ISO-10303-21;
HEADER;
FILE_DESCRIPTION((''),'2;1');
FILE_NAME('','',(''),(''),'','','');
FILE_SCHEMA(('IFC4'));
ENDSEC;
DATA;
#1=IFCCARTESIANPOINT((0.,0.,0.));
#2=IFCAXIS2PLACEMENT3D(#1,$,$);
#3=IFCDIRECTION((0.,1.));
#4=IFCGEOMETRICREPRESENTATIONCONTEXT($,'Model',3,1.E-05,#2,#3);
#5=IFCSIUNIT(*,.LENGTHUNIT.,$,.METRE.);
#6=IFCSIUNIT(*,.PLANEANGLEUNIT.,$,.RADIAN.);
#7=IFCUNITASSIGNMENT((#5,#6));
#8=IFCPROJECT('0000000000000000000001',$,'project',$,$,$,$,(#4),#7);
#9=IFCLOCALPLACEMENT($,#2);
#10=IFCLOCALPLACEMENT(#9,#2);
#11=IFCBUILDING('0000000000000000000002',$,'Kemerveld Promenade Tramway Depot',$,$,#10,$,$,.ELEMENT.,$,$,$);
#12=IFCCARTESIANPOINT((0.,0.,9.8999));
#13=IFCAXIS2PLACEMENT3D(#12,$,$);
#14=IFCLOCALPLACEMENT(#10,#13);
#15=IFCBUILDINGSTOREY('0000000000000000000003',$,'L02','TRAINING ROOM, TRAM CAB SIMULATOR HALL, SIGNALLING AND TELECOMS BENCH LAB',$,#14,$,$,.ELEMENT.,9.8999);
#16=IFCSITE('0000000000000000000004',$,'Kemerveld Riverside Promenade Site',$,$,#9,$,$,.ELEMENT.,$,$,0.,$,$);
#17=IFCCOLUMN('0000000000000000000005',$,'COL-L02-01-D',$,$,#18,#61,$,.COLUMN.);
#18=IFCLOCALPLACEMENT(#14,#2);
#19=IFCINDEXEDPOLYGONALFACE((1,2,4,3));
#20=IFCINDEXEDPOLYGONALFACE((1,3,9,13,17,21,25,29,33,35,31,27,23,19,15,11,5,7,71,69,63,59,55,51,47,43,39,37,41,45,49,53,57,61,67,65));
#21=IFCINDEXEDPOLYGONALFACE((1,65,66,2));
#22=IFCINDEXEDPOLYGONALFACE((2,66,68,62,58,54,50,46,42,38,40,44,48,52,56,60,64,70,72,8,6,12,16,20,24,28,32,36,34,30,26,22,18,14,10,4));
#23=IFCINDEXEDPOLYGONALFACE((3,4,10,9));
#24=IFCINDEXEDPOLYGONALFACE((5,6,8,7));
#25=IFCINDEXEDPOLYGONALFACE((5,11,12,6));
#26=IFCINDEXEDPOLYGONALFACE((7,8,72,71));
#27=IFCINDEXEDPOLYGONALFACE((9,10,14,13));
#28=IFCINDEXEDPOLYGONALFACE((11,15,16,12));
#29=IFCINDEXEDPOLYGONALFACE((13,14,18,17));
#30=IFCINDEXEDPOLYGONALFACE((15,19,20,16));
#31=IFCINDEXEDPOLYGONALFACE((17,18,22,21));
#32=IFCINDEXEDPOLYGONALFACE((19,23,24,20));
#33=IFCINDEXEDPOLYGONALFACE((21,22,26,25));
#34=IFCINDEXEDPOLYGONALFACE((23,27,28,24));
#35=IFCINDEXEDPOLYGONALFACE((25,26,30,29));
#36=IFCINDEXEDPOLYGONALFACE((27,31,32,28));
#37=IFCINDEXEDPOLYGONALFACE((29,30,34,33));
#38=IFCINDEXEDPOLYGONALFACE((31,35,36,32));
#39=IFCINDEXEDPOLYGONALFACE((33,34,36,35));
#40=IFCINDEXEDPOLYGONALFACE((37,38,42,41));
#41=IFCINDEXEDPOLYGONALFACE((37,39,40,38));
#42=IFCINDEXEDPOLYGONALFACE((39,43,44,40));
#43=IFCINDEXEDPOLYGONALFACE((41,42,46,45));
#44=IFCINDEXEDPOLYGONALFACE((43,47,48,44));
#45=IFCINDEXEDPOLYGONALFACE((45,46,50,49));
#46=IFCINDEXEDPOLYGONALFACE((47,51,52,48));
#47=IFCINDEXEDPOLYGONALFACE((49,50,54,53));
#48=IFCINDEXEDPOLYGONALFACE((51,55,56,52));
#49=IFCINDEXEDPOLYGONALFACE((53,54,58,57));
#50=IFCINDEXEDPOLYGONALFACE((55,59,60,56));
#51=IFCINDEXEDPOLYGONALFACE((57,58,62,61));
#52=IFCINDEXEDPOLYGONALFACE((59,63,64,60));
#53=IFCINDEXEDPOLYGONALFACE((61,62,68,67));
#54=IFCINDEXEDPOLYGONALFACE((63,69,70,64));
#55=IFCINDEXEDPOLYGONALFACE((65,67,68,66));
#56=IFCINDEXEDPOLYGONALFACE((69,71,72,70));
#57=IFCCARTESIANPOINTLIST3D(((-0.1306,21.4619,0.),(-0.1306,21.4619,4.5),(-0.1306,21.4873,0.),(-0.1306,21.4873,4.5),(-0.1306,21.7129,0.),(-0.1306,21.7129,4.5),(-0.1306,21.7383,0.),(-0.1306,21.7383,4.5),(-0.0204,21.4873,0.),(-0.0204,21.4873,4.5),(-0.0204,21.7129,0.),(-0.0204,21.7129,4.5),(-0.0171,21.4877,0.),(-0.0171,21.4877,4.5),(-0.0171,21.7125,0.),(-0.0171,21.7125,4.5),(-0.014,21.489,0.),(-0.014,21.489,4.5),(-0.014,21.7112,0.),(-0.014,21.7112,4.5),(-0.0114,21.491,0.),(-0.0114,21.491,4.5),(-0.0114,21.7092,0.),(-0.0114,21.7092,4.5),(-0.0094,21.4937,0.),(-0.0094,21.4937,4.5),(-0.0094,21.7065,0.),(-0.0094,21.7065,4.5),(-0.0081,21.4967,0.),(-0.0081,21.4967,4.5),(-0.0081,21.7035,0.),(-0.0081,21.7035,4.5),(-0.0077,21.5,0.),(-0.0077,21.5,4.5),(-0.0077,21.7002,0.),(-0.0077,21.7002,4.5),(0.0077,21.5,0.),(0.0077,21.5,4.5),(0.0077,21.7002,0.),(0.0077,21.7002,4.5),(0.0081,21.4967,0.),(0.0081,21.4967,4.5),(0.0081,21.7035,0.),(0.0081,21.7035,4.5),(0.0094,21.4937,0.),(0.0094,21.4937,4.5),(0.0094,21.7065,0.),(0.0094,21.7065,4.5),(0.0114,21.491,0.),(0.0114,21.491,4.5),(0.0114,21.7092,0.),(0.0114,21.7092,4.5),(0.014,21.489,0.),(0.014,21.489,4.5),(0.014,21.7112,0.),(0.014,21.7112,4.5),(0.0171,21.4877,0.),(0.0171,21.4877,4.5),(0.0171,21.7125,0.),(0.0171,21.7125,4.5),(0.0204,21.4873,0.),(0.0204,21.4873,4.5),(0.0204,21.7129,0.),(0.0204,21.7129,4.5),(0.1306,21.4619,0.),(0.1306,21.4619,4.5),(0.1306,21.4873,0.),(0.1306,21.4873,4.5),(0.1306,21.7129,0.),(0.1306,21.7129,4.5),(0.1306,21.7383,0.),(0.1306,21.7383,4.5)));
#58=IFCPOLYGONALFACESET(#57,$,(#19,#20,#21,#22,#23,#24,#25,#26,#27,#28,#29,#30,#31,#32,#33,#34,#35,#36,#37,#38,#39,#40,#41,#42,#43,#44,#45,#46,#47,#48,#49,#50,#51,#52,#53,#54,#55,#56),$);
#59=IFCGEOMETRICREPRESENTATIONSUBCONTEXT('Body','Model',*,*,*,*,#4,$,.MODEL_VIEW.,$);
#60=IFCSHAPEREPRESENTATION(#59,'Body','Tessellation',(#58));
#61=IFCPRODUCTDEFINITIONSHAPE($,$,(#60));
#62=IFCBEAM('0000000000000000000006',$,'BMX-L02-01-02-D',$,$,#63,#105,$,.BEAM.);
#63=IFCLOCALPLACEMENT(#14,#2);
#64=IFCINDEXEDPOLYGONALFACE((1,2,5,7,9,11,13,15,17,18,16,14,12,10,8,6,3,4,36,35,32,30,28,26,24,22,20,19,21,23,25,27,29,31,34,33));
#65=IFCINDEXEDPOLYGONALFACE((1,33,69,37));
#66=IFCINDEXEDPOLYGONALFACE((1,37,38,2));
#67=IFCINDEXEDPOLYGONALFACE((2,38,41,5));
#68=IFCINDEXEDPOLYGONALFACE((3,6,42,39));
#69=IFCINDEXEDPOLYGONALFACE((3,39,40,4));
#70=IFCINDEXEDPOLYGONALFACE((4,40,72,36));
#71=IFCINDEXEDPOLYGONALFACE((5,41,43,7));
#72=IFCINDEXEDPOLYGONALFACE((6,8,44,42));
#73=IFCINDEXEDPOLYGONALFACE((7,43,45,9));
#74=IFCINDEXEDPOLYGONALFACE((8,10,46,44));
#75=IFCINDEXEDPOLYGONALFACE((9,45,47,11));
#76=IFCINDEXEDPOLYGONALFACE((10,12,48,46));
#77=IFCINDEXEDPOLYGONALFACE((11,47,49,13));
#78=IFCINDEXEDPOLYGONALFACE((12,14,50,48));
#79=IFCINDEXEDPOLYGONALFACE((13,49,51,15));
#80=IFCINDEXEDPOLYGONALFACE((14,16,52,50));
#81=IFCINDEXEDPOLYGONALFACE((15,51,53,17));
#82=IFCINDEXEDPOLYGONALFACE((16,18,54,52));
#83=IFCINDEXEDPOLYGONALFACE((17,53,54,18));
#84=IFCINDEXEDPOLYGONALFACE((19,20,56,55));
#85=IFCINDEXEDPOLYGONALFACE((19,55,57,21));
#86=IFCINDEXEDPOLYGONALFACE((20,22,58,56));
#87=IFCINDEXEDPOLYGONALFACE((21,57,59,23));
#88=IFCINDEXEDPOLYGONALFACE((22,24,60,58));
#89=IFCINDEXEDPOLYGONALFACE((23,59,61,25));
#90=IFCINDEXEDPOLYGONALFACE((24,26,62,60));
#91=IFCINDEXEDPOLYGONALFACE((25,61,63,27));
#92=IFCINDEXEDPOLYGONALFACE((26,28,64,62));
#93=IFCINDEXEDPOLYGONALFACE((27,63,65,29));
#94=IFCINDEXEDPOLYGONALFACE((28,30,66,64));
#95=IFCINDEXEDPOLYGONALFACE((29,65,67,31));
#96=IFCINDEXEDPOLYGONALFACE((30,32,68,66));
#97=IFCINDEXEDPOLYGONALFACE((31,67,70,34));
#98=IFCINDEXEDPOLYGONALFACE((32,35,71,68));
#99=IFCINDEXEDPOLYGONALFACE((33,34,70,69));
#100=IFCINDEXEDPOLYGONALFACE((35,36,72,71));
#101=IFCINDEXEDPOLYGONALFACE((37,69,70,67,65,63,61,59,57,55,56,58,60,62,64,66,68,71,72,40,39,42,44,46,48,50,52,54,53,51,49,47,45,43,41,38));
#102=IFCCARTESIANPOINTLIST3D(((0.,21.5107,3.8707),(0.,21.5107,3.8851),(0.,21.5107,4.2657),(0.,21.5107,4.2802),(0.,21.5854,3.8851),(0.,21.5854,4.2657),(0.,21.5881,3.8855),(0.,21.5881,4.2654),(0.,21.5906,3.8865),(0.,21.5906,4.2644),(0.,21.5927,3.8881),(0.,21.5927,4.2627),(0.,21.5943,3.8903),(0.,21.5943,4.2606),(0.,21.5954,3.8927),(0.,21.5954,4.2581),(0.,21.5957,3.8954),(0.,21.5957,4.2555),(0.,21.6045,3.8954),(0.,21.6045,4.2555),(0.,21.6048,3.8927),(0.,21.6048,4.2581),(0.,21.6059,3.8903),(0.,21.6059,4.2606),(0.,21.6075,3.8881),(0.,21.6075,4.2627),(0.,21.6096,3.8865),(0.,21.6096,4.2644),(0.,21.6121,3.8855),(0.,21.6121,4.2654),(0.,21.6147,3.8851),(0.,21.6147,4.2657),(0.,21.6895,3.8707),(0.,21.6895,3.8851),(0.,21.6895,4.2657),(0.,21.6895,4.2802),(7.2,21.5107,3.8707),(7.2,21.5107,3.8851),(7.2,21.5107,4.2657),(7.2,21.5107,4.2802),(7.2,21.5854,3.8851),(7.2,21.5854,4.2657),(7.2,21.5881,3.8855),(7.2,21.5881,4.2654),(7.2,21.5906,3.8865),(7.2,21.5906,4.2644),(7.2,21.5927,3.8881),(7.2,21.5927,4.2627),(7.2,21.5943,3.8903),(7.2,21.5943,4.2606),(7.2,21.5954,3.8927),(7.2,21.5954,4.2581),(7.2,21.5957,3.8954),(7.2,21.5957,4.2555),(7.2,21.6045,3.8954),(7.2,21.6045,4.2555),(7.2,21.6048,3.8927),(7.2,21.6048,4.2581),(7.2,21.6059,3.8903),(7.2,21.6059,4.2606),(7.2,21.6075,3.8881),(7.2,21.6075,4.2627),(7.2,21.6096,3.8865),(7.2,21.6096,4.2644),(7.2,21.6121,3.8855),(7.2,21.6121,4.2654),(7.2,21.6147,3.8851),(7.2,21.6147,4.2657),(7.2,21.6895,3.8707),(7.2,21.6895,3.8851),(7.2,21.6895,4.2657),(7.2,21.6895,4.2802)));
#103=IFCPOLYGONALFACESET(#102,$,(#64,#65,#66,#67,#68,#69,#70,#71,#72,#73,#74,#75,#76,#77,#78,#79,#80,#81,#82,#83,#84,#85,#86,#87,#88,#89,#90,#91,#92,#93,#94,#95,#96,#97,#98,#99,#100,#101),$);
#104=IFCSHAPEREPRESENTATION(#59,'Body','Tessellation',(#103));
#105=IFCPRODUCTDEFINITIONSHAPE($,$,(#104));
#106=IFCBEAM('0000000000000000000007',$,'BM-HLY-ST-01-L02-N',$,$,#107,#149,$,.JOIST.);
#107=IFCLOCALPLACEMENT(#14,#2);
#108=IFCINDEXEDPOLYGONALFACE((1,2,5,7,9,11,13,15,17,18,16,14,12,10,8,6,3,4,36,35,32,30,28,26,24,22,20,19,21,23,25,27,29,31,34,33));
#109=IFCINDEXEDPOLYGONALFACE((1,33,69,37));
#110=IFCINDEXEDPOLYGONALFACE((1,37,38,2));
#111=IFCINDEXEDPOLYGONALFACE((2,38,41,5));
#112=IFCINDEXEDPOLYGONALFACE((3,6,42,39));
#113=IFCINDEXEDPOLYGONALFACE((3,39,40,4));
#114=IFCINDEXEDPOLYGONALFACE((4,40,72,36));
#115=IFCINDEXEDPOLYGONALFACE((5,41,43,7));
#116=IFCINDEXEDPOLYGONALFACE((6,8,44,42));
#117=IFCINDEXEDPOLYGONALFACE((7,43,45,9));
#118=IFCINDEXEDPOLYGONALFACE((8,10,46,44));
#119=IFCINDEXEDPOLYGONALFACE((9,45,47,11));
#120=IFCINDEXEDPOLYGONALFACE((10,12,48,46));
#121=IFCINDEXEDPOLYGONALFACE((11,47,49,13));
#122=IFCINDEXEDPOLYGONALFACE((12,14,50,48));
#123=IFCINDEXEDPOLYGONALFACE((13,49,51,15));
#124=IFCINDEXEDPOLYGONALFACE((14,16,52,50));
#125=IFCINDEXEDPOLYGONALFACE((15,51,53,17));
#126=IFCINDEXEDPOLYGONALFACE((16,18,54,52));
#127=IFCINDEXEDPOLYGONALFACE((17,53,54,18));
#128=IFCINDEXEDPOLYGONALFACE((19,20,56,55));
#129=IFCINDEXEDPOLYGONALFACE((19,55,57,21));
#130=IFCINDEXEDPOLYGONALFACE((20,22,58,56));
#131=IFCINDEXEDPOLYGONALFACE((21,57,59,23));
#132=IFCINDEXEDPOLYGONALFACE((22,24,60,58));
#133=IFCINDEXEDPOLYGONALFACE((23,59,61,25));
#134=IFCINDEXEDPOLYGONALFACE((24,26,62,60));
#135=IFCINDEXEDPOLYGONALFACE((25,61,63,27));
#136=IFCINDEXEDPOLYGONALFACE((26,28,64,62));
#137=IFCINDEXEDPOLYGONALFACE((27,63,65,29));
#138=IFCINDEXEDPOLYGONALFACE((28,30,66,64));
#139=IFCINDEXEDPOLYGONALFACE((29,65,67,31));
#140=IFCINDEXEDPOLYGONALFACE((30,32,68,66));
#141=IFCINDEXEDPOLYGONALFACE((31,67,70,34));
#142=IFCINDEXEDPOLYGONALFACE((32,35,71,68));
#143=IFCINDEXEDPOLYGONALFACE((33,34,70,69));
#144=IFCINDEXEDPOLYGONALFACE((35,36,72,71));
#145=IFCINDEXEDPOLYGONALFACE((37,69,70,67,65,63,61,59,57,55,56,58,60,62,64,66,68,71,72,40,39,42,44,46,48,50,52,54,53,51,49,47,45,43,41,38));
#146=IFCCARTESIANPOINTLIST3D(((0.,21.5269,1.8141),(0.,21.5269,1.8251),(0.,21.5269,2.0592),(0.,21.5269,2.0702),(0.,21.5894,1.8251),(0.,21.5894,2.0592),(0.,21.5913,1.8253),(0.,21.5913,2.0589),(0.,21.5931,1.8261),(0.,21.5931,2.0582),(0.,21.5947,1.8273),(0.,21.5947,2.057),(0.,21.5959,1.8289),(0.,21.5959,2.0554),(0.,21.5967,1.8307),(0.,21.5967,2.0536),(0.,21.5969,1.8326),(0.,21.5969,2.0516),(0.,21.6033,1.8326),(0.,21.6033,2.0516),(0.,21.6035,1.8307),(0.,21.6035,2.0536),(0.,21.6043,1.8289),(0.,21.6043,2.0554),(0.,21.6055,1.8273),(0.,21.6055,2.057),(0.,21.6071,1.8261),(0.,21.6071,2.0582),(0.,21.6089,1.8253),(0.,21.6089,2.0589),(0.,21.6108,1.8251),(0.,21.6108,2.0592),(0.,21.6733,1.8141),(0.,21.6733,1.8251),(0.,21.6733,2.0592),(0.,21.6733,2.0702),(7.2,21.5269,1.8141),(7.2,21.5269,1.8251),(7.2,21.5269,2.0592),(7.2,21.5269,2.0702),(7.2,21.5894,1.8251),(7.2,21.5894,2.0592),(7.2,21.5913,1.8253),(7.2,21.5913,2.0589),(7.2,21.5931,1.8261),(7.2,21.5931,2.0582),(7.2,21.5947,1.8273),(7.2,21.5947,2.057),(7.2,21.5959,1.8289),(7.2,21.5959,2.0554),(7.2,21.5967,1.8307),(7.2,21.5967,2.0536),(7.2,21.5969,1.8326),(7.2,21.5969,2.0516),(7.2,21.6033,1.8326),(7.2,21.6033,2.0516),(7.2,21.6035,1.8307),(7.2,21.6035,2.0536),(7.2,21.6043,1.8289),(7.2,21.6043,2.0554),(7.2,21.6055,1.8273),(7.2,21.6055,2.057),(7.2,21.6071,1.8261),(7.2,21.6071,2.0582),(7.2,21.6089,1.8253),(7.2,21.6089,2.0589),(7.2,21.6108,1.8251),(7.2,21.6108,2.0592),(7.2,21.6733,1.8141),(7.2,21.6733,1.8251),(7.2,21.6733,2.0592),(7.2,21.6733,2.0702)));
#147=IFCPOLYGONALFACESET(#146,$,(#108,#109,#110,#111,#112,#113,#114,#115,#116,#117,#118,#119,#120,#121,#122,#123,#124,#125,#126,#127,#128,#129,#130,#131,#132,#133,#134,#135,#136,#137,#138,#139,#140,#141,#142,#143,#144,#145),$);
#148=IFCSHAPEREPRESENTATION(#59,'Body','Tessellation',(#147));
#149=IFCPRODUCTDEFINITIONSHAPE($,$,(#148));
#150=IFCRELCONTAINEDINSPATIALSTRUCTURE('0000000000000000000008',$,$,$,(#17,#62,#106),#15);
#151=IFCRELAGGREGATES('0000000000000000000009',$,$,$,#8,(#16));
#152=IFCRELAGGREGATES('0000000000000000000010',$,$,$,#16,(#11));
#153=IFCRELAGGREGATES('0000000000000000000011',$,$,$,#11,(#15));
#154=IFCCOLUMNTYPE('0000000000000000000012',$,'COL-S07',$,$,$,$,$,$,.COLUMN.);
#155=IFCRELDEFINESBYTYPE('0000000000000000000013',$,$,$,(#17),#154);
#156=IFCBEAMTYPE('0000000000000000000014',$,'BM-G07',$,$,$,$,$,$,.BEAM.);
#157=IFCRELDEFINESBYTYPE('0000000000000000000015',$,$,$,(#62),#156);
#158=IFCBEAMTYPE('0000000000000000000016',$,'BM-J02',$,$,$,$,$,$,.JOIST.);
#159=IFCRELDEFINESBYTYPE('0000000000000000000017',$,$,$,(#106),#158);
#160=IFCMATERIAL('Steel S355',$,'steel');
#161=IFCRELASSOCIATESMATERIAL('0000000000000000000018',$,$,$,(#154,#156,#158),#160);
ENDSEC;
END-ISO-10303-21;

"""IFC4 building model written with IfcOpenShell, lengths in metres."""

from ifc_helpers import new_model, si_unit, direction, frame, origin, origin_2d, place, context, subcontext, project, spatial, i_section, extrude, material, material_profile, profile_set, type_object, element, save


model = new_model("IFC4")

# Units and contexts
model_context = context("Model", 3, precision=1e-05, world=origin(), true_north=direction((0.0, 1.0)))
body_context = subcontext(model_context, "Body", "Model", "MODEL_VIEW")
ifc_project = project(units=[si_unit("LENGTHUNIT", "METRE"), si_unit("PLANEANGLEUNIT", "RADIAN")], contexts=[model_context])

# Site, building, storey
site_placement = place(None, origin())
site = spatial("IfcSite", under=ifc_project, at=site_placement, Name="Kemerveld Riverside Promenade Site", CompositionType="ELEMENT", RefElevation=0.0)
building_placement = place(site_placement, origin())
building = spatial("IfcBuilding", under=site, at=building_placement, Name="Kemerveld Promenade Tramway Depot", CompositionType="ELEMENT")
storey_placement = place(building_placement, frame((0.0, 0.0, 9.8999)))
storey = spatial("IfcBuildingStorey", under=building, at=storey_placement, Name="L02", Description="TRAINING ROOM, TRAM CAB SIMULATOR HALL, SIGNALLING AND TELECOMS BENCH LAB", CompositionType="ELEMENT", Elevation=9.8999)

# Column
ifc_material_1 = material(Name="Steel S355", Category="steel")
ifc_material_profile_1 = material_profile(ifc_material_1, i_section(OverallWidth=0.2612, OverallDepth=0.2764, WebThickness=0.0154, FlangeThickness=0.0254, FilletRadius=0.0127, at=origin_2d()), Name="254x254x132 UC")
ifc_profile_set_1 = profile_set([ifc_material_profile_1], Name="Steel S355")
column_type = type_object("IfcColumnType", Name="COL-S07", PredefinedType="COLUMN", material=ifc_profile_set_1)
column_placement = place(storey_placement, frame((0.0, 21.6001, 0.0), z_axis=(0.0, 0.0, 1.0), x_axis=(1.0, 0.0, 0.0)))
element("IfcColumn", 1, at=column_placement, inside=storey, type_object=column_type, Name="COL-L02-01-D", PredefinedType="COLUMN", context=body_context, shape_type="SweptSolid", body=[
    extrude(i_section(OverallWidth=0.2612, OverallDepth=0.2764, WebThickness=0.0154, FlangeThickness=0.0254, FilletRadius=0.0127, at=origin_2d()), origin(), (0.0, 0.0, 1.0), 4.5),
])

# Beams
ifc_material_profile_2 = material_profile(ifc_material_1, i_section(OverallWidth=0.1787, OverallDepth=0.4094, WebThickness=0.0088, FlangeThickness=0.0144, FilletRadius=0.0103, at=origin_2d()), Name="406x178x67 UB")
ifc_profile_set_2 = profile_set([ifc_material_profile_2], Name="Steel S355")
beam_type_1 = type_object("IfcBeamType", Name="BM-G07", PredefinedType="BEAM", material=ifc_profile_set_2)
beam_1_placement = place(storey_placement, frame((0.0, 21.6001, 4.0754), z_axis=(1.0, 0.0, 0.0), x_axis=(0.0, 1.0, 0.0)))
element("IfcBeam", 2, at=beam_1_placement, inside=storey, type_object=beam_type_1, Name="BMX-L02-01-02-D", PredefinedType="BEAM", context=body_context, shape_type="SweptSolid", body=[
    extrude(i_section(OverallWidth=0.1787, OverallDepth=0.4094, WebThickness=0.0088, FlangeThickness=0.0144, FilletRadius=0.0103, at=origin_2d()), origin(), (0.0, 0.0, 1.0), 7.2),
])
ifc_material_profile_3 = material_profile(ifc_material_1, i_section(OverallWidth=0.1465, OverallDepth=0.2561, WebThickness=0.0063, FlangeThickness=0.011, FilletRadius=0.0076, at=origin_2d()), Name="254x146x37 UB")
ifc_profile_set_3 = profile_set([ifc_material_profile_3], Name="Steel S355")
beam_type_2 = type_object("IfcBeamType", Name="BM-J02", PredefinedType="JOIST", material=ifc_profile_set_3)
beam_2_placement = place(storey_placement, frame((0.0, 21.6001, 1.9421), z_axis=(1.0, 0.0, 0.0), x_axis=(0.0, 1.0, 0.0)))
element("IfcBeam", 3, at=beam_2_placement, inside=storey, type_object=beam_type_2, Name="BM-HLY-ST-01-L02-N", PredefinedType="JOIST", context=body_context, shape_type="SweptSolid", body=[
    extrude(i_section(OverallWidth=0.1465, OverallDepth=0.2561, WebThickness=0.0063, FlangeThickness=0.011, FilletRadius=0.0076, at=origin_2d()), origin(), (0.0, 0.0, 1.0), 7.2),
])

save(model, "model.ifc")
